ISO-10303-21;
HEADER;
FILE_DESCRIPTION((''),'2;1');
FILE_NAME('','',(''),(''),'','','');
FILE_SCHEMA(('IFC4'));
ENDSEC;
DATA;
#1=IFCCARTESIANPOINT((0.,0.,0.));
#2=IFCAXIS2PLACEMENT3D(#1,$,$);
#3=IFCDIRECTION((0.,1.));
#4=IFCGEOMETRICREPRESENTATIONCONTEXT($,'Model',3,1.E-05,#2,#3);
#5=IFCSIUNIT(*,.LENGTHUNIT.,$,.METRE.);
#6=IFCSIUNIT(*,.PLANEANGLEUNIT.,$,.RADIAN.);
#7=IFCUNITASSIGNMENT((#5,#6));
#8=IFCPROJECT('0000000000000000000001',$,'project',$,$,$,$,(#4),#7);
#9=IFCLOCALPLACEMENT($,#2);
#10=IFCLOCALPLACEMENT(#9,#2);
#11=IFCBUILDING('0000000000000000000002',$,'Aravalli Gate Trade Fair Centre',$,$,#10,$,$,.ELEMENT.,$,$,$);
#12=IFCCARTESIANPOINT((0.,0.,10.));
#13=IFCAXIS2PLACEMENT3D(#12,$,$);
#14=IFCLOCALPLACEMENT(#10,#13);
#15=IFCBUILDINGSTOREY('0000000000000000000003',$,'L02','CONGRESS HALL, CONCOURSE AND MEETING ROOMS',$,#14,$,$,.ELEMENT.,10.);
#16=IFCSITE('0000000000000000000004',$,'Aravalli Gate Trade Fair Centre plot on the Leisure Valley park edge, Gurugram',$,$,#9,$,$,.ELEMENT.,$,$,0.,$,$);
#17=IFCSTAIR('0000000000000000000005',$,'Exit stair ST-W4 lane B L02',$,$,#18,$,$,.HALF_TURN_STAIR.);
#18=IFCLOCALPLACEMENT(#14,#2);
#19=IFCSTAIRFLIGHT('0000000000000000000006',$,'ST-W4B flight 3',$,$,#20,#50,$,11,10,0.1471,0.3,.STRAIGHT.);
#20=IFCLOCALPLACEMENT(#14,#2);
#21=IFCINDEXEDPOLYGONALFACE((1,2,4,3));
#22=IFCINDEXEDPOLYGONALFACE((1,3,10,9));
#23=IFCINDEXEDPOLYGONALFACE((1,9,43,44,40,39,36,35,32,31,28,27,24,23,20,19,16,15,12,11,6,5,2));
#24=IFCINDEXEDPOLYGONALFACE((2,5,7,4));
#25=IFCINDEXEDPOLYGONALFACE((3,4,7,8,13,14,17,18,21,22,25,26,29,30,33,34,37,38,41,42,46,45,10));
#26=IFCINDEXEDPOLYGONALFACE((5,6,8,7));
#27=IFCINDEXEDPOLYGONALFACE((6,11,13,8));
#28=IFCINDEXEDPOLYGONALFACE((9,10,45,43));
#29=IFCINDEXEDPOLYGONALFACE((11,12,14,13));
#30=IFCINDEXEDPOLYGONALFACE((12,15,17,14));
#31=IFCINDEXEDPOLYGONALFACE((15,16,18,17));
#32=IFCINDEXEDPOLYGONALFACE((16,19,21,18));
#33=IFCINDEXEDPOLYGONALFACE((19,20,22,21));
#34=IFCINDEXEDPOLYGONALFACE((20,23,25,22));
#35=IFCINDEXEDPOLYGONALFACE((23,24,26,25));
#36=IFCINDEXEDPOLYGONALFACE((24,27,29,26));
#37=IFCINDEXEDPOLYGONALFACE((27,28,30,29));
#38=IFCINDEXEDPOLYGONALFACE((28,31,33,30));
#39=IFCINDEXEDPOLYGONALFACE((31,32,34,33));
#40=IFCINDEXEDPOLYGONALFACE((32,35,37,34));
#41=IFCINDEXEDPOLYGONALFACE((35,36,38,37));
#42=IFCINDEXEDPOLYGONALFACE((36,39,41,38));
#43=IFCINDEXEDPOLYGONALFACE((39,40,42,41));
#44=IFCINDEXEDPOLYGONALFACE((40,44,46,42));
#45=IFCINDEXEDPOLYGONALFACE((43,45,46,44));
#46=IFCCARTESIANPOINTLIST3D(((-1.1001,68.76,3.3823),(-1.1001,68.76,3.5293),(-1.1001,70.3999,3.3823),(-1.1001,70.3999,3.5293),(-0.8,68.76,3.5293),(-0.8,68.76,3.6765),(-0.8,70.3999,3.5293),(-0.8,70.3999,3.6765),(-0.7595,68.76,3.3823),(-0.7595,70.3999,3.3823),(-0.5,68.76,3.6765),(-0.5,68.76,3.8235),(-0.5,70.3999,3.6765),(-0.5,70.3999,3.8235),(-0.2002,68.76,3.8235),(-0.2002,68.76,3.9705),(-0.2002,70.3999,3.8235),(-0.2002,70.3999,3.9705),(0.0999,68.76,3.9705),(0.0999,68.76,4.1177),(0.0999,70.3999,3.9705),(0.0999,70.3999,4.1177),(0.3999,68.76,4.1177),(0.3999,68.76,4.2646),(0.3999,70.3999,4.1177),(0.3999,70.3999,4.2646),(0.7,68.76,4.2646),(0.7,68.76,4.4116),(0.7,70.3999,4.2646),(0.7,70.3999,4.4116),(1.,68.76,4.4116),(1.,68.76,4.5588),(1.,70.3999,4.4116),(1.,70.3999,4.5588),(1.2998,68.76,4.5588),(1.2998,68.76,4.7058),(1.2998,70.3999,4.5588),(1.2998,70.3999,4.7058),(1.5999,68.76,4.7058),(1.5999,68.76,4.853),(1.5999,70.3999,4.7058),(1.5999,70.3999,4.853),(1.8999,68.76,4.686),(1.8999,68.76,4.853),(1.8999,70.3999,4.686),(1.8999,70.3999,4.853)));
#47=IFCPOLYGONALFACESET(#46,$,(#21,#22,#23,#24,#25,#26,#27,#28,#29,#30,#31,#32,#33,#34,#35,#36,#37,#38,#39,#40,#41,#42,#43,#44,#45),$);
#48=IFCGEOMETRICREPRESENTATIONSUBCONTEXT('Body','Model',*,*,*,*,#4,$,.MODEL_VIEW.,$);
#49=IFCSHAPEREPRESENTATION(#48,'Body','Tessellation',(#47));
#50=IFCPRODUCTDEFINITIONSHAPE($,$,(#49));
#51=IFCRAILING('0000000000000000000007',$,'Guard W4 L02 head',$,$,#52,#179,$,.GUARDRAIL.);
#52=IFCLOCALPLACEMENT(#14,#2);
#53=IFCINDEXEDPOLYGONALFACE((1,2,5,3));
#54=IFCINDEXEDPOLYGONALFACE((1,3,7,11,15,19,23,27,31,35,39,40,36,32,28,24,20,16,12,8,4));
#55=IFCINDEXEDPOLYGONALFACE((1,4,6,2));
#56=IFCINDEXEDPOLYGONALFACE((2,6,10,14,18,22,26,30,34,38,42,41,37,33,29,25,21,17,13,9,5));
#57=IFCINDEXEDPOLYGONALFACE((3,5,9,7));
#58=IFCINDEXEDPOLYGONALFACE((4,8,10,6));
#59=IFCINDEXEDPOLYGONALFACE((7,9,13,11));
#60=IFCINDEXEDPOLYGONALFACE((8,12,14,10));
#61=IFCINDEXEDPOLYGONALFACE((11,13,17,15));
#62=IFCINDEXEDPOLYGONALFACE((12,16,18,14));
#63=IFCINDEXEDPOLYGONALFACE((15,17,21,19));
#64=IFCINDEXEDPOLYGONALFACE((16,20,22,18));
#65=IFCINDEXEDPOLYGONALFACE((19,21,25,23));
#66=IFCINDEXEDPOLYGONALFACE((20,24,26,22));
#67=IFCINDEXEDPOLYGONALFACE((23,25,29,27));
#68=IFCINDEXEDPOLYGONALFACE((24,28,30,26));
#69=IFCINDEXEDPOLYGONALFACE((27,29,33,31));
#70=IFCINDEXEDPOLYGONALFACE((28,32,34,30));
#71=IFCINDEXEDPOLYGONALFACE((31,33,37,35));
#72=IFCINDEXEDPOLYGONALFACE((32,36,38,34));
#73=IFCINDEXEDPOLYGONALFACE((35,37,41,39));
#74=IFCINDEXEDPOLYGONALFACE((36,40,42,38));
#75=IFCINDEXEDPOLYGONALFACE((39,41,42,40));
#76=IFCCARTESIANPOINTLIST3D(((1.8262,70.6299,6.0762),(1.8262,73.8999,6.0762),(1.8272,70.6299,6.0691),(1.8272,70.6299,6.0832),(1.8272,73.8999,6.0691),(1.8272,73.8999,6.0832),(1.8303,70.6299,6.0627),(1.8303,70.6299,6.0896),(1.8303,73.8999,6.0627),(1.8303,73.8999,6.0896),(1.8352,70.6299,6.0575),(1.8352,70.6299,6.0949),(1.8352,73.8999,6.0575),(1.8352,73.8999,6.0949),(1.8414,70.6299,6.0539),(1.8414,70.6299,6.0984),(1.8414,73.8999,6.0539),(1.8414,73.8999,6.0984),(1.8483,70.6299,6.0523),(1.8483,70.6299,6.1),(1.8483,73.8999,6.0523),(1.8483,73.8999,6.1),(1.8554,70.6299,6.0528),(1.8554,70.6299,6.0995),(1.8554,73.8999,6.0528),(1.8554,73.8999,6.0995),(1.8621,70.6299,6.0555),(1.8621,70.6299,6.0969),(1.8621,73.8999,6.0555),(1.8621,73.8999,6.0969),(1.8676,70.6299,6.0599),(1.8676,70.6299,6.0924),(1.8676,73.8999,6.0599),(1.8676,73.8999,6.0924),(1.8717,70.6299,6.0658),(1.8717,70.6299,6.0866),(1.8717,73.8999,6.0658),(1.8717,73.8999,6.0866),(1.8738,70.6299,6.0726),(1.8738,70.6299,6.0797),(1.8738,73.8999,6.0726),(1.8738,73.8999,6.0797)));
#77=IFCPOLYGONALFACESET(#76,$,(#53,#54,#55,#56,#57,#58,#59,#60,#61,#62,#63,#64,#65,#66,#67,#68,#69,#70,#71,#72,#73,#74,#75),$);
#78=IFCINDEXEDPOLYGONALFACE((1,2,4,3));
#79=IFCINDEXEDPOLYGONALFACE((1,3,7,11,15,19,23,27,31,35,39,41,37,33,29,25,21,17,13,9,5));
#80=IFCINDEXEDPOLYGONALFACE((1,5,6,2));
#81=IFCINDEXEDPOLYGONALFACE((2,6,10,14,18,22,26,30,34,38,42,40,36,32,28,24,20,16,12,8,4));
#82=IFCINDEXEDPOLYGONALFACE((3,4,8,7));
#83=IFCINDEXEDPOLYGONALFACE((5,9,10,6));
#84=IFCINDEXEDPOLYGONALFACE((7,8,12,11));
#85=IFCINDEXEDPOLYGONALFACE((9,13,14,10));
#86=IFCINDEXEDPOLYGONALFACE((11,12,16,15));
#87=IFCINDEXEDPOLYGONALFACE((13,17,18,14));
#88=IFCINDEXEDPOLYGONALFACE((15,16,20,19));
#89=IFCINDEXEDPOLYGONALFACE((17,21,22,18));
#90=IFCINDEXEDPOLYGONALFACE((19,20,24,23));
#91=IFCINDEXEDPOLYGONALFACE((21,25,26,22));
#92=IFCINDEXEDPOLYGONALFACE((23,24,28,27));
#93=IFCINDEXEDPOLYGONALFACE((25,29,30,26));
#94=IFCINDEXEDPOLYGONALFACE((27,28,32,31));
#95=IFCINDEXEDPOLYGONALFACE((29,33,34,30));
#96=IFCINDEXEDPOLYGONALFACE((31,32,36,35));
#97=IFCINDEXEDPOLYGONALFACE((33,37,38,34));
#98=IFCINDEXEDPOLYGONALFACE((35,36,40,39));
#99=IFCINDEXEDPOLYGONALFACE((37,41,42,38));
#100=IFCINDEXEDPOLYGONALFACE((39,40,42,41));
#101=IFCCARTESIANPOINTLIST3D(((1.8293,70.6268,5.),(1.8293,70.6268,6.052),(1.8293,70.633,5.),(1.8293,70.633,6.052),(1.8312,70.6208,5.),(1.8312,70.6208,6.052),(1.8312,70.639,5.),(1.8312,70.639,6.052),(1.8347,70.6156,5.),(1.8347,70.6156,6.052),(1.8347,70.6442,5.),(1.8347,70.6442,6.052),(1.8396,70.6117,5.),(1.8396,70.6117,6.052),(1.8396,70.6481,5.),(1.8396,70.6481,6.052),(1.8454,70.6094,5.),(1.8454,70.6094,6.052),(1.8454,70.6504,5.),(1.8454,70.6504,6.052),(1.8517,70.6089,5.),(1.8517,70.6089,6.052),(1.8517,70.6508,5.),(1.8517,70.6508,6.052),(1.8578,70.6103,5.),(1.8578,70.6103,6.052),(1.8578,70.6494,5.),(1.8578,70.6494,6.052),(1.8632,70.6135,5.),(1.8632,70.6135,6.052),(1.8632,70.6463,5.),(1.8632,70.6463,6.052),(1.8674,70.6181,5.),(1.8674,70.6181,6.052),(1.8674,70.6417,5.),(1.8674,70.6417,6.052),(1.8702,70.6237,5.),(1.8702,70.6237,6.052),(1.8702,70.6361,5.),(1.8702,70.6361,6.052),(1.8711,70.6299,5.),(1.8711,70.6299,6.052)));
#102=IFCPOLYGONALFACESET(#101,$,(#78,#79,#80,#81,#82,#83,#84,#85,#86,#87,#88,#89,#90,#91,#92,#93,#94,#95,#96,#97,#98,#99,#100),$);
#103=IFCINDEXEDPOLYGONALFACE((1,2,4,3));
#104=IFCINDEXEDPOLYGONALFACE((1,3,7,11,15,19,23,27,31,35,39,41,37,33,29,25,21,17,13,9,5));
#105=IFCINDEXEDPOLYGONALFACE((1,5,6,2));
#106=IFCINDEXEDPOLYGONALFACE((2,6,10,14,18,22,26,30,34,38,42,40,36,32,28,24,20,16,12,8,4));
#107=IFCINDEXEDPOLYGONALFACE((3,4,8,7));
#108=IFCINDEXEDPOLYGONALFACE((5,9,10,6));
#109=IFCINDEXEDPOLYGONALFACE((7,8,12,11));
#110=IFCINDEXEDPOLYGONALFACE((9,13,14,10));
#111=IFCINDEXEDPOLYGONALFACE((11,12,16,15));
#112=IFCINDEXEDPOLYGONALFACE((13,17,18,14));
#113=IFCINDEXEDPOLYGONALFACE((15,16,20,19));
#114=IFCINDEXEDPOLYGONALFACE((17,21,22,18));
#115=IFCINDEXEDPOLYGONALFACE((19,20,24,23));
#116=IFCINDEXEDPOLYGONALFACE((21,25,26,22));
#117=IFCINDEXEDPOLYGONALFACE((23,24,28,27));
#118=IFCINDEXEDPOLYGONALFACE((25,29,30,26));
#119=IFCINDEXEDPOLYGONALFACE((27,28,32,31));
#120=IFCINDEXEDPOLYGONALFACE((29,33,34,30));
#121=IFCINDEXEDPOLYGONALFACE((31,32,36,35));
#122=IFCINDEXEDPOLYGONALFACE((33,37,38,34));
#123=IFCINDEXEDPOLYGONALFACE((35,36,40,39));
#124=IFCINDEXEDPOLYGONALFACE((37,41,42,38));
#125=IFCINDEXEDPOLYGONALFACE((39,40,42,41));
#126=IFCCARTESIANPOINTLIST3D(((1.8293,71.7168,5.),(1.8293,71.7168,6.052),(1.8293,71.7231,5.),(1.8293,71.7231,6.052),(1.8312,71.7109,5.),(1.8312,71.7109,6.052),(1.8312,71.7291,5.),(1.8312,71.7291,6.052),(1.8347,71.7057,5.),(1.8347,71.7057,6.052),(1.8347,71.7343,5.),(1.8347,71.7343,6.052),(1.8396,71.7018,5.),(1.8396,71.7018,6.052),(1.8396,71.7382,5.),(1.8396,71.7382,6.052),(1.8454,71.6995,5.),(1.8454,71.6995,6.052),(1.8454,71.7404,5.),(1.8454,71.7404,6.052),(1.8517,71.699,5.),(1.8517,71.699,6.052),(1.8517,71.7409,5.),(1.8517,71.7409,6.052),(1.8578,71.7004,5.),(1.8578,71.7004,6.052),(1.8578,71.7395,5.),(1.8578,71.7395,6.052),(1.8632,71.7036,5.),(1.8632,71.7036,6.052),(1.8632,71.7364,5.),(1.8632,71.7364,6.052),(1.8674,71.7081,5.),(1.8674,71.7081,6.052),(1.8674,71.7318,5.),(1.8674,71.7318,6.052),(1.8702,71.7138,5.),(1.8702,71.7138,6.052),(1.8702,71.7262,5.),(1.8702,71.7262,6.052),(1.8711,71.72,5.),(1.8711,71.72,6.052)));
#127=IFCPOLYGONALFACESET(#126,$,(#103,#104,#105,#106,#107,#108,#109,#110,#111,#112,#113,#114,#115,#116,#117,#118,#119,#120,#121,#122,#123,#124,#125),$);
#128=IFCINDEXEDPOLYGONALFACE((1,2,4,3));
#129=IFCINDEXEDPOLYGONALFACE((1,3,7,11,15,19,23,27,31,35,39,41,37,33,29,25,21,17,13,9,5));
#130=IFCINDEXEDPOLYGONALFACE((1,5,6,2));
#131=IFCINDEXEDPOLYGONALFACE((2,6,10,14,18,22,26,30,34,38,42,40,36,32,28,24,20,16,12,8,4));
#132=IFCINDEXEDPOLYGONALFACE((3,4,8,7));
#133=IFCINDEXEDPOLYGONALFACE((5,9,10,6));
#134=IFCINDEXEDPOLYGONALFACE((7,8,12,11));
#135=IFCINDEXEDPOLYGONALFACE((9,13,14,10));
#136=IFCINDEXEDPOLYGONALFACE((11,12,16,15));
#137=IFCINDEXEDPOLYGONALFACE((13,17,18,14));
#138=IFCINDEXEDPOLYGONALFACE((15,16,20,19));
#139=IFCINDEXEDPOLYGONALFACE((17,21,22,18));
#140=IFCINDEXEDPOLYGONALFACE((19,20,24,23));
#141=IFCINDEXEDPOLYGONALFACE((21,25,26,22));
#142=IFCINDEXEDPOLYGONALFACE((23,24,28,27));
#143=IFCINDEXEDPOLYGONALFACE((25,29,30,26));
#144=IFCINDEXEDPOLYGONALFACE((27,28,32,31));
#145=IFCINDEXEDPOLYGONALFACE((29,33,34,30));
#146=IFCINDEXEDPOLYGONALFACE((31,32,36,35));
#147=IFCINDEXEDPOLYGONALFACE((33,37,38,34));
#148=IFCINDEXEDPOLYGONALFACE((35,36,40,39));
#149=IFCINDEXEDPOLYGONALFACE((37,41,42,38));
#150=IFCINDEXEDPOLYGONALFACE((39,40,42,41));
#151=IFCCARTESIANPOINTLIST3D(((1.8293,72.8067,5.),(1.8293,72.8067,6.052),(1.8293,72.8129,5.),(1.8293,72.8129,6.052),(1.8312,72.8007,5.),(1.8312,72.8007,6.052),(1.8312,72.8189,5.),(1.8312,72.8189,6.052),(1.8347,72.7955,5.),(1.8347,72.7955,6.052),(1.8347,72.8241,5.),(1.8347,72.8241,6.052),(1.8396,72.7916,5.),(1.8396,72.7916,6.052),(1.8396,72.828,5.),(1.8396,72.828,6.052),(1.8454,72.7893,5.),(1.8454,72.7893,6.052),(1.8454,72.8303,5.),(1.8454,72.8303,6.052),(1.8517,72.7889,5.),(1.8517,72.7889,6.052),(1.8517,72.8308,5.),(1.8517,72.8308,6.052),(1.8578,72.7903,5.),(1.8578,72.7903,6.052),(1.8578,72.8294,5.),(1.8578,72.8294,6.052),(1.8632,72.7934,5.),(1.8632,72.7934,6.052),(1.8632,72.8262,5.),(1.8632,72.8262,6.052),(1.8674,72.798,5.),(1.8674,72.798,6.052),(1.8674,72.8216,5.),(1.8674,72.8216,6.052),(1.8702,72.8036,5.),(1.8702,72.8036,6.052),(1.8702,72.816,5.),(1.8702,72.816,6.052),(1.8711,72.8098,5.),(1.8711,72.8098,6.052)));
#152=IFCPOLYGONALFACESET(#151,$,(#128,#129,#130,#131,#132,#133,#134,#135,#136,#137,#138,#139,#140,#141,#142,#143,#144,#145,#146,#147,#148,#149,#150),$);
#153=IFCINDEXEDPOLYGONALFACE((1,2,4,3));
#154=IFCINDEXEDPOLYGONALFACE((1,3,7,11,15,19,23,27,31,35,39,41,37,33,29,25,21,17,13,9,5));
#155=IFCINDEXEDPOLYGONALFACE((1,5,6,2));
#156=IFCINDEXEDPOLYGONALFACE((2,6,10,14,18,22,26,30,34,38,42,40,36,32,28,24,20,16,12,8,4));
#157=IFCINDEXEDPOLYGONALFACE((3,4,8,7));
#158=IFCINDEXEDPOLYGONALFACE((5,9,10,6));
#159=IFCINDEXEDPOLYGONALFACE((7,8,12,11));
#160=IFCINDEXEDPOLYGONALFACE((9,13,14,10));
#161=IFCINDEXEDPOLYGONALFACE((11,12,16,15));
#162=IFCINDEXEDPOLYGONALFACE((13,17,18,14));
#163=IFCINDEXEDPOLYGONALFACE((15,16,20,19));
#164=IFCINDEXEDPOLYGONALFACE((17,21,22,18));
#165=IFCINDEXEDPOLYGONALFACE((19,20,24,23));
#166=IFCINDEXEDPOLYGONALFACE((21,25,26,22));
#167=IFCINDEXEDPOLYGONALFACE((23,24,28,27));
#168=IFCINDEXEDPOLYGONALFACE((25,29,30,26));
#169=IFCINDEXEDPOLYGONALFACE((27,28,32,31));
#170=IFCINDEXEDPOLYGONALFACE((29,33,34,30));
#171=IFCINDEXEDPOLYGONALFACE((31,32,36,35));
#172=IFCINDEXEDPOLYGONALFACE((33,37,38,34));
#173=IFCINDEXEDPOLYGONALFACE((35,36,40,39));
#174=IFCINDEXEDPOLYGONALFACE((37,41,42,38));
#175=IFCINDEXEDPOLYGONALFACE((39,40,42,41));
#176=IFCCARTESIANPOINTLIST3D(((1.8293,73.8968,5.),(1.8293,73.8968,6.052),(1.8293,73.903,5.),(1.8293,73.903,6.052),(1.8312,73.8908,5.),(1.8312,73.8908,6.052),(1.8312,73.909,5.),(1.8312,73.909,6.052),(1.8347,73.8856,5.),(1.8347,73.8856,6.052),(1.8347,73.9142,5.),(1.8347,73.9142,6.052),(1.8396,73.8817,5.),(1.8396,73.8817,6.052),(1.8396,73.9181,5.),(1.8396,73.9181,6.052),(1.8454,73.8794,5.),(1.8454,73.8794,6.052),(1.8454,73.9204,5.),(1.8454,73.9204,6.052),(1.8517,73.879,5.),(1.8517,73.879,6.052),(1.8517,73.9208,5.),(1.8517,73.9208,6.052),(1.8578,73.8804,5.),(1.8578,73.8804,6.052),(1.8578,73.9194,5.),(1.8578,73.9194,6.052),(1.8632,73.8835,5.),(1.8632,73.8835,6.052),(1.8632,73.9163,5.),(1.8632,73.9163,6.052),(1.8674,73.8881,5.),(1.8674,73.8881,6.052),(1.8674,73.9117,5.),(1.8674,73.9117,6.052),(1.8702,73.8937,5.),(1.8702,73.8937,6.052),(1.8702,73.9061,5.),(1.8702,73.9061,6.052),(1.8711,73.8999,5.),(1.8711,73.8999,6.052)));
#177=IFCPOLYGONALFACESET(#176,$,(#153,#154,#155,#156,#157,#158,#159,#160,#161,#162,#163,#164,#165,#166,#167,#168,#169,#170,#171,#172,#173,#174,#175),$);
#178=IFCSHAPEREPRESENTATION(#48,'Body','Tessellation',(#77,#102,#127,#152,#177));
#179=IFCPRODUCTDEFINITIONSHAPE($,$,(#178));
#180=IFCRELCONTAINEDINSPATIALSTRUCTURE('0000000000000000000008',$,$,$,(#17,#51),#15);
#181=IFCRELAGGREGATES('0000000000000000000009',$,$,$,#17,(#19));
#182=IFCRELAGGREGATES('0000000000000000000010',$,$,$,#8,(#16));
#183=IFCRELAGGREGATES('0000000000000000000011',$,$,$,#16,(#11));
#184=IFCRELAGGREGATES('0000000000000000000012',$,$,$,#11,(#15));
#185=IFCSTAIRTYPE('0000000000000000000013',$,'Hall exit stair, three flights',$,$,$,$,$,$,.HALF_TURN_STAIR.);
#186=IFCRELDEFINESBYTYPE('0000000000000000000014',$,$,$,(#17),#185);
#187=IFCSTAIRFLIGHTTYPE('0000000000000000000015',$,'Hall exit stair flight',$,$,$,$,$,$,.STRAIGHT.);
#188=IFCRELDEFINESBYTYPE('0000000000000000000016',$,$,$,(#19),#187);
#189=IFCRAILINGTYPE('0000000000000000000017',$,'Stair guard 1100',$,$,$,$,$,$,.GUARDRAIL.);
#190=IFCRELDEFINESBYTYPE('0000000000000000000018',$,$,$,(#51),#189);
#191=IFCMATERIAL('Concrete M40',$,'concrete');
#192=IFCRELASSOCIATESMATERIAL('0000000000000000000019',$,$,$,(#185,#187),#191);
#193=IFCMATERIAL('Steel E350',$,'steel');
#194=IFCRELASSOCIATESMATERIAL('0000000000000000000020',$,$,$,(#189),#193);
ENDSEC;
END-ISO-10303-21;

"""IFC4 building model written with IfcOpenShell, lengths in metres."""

from ifc_helpers import new_model, si_unit, direction, frame, origin, origin_2d, place, context, subcontext, project, spatial, polyline, circle, outline, extrude, material, type_object, element, aggregate, save


model = new_model("IFC4")

# Units and contexts
model_context = context("Model", 3, precision=1e-05, world=origin(), true_north=direction((0.0, 1.0)))
body_context = subcontext(model_context, "Body", "Model", "MODEL_VIEW")
ifc_project = project(units=[si_unit("LENGTHUNIT", "METRE"), si_unit("PLANEANGLEUNIT", "RADIAN")], contexts=[model_context])

# Site, building, storey
site_placement = place(None, origin())
site = spatial("IfcSite", under=ifc_project, at=site_placement, Name="Aravalli Gate Trade Fair Centre plot on the Leisure Valley park edge, Gurugram", CompositionType="ELEMENT", RefElevation=0.0)
building_placement = place(site_placement, origin())
building = spatial("IfcBuilding", under=site, at=building_placement, Name="Aravalli Gate Trade Fair Centre", CompositionType="ELEMENT")
storey_placement = place(building_placement, frame((0.0, 0.0, 10.0)))
storey = spatial("IfcBuildingStorey", under=building, at=storey_placement, Name="L02", Description="CONGRESS HALL, CONCOURSE AND MEETING ROOMS", CompositionType="ELEMENT", Elevation=10.0)

# Shared definitions
ifc_material_1 = material(Name="Steel E350", Category="steel")

# Shared definitions
ifc_material_2 = material(Name="Concrete M40", Category="concrete")

# Stair, stair flight
stair_type = type_object("IfcStairType", Name="Hall exit stair, three flights", PredefinedType="HALF_TURN_STAIR", material=ifc_material_2)
stair_flight_type = type_object("IfcStairFlightType", Name="Hall exit stair flight", PredefinedType="STRAIGHT", material=ifc_material_2)
stair_1_placement = place(storey_placement, origin())
stair_1 = element("IfcStair", 1, at=stair_1_placement, inside=storey, type_object=stair_type, Name="Exit stair ST-W4 lane B L02", PredefinedType="HALF_TURN_STAIR")
stair_flight_1_placement = place(storey_placement, frame((-1.1001, 69.5801, 3.3823), z_axis=(0.0, 0.0, 1.0), x_axis=(1.0, 0.0, 0.0)))
stair_flight_1 = element("IfcStairFlight", 2, at=stair_flight_1_placement, type_object=stair_flight_type, Name="ST-W4B flight 3", NumberOfRisers=11, NumberOfTreads=10, PredefinedType="STRAIGHT", RiserHeight=0.1471, TreadLength=0.3, context=body_context, shape_type="SweptSolid", body=[
    extrude(outline(polyline([(0.0, 0.0), (0.0, 0.147), (0.3, 0.147), (0.3, 0.2942), (0.6001, 0.2942), (0.6001, 0.4412), (0.8999, 0.4412), (0.8999, 0.5881), (1.2, 0.5881), (1.2, 0.7354), (1.5, 0.7354), (1.5, 0.8823), (1.8, 0.8823), (1.8, 1.0293), (2.1001, 1.0293), (2.1001, 1.1765), (2.3999, 1.1765), (2.3999, 1.3235), (2.7, 1.3235), (2.7, 1.4707), (3.0, 1.4707), (3.0, 1.6177), (3.0, 1.3037), (0.3406, 0.0), (0.0, 0.0)])), frame((0.0, 0.8198, 0.0), z_axis=(0.0, -1.0, 0.0), x_axis=(1.0, 0.0, 0.0)), (0.0, 0.0, 1.0), 1.6399),
])
aggregate(stair_1, [stair_flight_1])

# Railing
railing_type_1 = type_object("IfcRailingType", Name="Stair guard 1100", PredefinedType="GUARDRAIL", material=ifc_material_1)
railing_1_placement = place(storey_placement, frame((1.8501, 70.6299, 5.0)))
element("IfcRailing", 3, at=railing_1_placement, inside=storey, type_object=railing_type_1, Name="Guard W4 L02 head", PredefinedType="GUARDRAIL", context=body_context, shape_type="SweptSolid", body=[
    extrude(circle(Radius=0.0239, at=origin_2d()), frame((0.0, 0.0, 1.0762), z_axis=(0.0, 1.0, 0.0), x_axis=(-1.0, 0.0, 0.0)), (0.0, 0.0, 1.0), 3.27),
    extrude(circle(Radius=0.021, at=origin_2d()), origin(), (0.0, 0.0, 1.0), 1.052),
    extrude(circle(Radius=0.021, at=origin_2d()), frame((0.0, 1.0901, 0.0)), (0.0, 0.0, 1.0), 1.052),
    extrude(circle(Radius=0.021, at=origin_2d()), frame((0.0, 2.1799, 0.0)), (0.0, 0.0, 1.0), 1.052),
    extrude(circle(Radius=0.021, at=origin_2d()), frame((0.0, 3.27, 0.0)), (0.0, 0.0, 1.0), 1.052),
])

save(model, "model.ifc")
